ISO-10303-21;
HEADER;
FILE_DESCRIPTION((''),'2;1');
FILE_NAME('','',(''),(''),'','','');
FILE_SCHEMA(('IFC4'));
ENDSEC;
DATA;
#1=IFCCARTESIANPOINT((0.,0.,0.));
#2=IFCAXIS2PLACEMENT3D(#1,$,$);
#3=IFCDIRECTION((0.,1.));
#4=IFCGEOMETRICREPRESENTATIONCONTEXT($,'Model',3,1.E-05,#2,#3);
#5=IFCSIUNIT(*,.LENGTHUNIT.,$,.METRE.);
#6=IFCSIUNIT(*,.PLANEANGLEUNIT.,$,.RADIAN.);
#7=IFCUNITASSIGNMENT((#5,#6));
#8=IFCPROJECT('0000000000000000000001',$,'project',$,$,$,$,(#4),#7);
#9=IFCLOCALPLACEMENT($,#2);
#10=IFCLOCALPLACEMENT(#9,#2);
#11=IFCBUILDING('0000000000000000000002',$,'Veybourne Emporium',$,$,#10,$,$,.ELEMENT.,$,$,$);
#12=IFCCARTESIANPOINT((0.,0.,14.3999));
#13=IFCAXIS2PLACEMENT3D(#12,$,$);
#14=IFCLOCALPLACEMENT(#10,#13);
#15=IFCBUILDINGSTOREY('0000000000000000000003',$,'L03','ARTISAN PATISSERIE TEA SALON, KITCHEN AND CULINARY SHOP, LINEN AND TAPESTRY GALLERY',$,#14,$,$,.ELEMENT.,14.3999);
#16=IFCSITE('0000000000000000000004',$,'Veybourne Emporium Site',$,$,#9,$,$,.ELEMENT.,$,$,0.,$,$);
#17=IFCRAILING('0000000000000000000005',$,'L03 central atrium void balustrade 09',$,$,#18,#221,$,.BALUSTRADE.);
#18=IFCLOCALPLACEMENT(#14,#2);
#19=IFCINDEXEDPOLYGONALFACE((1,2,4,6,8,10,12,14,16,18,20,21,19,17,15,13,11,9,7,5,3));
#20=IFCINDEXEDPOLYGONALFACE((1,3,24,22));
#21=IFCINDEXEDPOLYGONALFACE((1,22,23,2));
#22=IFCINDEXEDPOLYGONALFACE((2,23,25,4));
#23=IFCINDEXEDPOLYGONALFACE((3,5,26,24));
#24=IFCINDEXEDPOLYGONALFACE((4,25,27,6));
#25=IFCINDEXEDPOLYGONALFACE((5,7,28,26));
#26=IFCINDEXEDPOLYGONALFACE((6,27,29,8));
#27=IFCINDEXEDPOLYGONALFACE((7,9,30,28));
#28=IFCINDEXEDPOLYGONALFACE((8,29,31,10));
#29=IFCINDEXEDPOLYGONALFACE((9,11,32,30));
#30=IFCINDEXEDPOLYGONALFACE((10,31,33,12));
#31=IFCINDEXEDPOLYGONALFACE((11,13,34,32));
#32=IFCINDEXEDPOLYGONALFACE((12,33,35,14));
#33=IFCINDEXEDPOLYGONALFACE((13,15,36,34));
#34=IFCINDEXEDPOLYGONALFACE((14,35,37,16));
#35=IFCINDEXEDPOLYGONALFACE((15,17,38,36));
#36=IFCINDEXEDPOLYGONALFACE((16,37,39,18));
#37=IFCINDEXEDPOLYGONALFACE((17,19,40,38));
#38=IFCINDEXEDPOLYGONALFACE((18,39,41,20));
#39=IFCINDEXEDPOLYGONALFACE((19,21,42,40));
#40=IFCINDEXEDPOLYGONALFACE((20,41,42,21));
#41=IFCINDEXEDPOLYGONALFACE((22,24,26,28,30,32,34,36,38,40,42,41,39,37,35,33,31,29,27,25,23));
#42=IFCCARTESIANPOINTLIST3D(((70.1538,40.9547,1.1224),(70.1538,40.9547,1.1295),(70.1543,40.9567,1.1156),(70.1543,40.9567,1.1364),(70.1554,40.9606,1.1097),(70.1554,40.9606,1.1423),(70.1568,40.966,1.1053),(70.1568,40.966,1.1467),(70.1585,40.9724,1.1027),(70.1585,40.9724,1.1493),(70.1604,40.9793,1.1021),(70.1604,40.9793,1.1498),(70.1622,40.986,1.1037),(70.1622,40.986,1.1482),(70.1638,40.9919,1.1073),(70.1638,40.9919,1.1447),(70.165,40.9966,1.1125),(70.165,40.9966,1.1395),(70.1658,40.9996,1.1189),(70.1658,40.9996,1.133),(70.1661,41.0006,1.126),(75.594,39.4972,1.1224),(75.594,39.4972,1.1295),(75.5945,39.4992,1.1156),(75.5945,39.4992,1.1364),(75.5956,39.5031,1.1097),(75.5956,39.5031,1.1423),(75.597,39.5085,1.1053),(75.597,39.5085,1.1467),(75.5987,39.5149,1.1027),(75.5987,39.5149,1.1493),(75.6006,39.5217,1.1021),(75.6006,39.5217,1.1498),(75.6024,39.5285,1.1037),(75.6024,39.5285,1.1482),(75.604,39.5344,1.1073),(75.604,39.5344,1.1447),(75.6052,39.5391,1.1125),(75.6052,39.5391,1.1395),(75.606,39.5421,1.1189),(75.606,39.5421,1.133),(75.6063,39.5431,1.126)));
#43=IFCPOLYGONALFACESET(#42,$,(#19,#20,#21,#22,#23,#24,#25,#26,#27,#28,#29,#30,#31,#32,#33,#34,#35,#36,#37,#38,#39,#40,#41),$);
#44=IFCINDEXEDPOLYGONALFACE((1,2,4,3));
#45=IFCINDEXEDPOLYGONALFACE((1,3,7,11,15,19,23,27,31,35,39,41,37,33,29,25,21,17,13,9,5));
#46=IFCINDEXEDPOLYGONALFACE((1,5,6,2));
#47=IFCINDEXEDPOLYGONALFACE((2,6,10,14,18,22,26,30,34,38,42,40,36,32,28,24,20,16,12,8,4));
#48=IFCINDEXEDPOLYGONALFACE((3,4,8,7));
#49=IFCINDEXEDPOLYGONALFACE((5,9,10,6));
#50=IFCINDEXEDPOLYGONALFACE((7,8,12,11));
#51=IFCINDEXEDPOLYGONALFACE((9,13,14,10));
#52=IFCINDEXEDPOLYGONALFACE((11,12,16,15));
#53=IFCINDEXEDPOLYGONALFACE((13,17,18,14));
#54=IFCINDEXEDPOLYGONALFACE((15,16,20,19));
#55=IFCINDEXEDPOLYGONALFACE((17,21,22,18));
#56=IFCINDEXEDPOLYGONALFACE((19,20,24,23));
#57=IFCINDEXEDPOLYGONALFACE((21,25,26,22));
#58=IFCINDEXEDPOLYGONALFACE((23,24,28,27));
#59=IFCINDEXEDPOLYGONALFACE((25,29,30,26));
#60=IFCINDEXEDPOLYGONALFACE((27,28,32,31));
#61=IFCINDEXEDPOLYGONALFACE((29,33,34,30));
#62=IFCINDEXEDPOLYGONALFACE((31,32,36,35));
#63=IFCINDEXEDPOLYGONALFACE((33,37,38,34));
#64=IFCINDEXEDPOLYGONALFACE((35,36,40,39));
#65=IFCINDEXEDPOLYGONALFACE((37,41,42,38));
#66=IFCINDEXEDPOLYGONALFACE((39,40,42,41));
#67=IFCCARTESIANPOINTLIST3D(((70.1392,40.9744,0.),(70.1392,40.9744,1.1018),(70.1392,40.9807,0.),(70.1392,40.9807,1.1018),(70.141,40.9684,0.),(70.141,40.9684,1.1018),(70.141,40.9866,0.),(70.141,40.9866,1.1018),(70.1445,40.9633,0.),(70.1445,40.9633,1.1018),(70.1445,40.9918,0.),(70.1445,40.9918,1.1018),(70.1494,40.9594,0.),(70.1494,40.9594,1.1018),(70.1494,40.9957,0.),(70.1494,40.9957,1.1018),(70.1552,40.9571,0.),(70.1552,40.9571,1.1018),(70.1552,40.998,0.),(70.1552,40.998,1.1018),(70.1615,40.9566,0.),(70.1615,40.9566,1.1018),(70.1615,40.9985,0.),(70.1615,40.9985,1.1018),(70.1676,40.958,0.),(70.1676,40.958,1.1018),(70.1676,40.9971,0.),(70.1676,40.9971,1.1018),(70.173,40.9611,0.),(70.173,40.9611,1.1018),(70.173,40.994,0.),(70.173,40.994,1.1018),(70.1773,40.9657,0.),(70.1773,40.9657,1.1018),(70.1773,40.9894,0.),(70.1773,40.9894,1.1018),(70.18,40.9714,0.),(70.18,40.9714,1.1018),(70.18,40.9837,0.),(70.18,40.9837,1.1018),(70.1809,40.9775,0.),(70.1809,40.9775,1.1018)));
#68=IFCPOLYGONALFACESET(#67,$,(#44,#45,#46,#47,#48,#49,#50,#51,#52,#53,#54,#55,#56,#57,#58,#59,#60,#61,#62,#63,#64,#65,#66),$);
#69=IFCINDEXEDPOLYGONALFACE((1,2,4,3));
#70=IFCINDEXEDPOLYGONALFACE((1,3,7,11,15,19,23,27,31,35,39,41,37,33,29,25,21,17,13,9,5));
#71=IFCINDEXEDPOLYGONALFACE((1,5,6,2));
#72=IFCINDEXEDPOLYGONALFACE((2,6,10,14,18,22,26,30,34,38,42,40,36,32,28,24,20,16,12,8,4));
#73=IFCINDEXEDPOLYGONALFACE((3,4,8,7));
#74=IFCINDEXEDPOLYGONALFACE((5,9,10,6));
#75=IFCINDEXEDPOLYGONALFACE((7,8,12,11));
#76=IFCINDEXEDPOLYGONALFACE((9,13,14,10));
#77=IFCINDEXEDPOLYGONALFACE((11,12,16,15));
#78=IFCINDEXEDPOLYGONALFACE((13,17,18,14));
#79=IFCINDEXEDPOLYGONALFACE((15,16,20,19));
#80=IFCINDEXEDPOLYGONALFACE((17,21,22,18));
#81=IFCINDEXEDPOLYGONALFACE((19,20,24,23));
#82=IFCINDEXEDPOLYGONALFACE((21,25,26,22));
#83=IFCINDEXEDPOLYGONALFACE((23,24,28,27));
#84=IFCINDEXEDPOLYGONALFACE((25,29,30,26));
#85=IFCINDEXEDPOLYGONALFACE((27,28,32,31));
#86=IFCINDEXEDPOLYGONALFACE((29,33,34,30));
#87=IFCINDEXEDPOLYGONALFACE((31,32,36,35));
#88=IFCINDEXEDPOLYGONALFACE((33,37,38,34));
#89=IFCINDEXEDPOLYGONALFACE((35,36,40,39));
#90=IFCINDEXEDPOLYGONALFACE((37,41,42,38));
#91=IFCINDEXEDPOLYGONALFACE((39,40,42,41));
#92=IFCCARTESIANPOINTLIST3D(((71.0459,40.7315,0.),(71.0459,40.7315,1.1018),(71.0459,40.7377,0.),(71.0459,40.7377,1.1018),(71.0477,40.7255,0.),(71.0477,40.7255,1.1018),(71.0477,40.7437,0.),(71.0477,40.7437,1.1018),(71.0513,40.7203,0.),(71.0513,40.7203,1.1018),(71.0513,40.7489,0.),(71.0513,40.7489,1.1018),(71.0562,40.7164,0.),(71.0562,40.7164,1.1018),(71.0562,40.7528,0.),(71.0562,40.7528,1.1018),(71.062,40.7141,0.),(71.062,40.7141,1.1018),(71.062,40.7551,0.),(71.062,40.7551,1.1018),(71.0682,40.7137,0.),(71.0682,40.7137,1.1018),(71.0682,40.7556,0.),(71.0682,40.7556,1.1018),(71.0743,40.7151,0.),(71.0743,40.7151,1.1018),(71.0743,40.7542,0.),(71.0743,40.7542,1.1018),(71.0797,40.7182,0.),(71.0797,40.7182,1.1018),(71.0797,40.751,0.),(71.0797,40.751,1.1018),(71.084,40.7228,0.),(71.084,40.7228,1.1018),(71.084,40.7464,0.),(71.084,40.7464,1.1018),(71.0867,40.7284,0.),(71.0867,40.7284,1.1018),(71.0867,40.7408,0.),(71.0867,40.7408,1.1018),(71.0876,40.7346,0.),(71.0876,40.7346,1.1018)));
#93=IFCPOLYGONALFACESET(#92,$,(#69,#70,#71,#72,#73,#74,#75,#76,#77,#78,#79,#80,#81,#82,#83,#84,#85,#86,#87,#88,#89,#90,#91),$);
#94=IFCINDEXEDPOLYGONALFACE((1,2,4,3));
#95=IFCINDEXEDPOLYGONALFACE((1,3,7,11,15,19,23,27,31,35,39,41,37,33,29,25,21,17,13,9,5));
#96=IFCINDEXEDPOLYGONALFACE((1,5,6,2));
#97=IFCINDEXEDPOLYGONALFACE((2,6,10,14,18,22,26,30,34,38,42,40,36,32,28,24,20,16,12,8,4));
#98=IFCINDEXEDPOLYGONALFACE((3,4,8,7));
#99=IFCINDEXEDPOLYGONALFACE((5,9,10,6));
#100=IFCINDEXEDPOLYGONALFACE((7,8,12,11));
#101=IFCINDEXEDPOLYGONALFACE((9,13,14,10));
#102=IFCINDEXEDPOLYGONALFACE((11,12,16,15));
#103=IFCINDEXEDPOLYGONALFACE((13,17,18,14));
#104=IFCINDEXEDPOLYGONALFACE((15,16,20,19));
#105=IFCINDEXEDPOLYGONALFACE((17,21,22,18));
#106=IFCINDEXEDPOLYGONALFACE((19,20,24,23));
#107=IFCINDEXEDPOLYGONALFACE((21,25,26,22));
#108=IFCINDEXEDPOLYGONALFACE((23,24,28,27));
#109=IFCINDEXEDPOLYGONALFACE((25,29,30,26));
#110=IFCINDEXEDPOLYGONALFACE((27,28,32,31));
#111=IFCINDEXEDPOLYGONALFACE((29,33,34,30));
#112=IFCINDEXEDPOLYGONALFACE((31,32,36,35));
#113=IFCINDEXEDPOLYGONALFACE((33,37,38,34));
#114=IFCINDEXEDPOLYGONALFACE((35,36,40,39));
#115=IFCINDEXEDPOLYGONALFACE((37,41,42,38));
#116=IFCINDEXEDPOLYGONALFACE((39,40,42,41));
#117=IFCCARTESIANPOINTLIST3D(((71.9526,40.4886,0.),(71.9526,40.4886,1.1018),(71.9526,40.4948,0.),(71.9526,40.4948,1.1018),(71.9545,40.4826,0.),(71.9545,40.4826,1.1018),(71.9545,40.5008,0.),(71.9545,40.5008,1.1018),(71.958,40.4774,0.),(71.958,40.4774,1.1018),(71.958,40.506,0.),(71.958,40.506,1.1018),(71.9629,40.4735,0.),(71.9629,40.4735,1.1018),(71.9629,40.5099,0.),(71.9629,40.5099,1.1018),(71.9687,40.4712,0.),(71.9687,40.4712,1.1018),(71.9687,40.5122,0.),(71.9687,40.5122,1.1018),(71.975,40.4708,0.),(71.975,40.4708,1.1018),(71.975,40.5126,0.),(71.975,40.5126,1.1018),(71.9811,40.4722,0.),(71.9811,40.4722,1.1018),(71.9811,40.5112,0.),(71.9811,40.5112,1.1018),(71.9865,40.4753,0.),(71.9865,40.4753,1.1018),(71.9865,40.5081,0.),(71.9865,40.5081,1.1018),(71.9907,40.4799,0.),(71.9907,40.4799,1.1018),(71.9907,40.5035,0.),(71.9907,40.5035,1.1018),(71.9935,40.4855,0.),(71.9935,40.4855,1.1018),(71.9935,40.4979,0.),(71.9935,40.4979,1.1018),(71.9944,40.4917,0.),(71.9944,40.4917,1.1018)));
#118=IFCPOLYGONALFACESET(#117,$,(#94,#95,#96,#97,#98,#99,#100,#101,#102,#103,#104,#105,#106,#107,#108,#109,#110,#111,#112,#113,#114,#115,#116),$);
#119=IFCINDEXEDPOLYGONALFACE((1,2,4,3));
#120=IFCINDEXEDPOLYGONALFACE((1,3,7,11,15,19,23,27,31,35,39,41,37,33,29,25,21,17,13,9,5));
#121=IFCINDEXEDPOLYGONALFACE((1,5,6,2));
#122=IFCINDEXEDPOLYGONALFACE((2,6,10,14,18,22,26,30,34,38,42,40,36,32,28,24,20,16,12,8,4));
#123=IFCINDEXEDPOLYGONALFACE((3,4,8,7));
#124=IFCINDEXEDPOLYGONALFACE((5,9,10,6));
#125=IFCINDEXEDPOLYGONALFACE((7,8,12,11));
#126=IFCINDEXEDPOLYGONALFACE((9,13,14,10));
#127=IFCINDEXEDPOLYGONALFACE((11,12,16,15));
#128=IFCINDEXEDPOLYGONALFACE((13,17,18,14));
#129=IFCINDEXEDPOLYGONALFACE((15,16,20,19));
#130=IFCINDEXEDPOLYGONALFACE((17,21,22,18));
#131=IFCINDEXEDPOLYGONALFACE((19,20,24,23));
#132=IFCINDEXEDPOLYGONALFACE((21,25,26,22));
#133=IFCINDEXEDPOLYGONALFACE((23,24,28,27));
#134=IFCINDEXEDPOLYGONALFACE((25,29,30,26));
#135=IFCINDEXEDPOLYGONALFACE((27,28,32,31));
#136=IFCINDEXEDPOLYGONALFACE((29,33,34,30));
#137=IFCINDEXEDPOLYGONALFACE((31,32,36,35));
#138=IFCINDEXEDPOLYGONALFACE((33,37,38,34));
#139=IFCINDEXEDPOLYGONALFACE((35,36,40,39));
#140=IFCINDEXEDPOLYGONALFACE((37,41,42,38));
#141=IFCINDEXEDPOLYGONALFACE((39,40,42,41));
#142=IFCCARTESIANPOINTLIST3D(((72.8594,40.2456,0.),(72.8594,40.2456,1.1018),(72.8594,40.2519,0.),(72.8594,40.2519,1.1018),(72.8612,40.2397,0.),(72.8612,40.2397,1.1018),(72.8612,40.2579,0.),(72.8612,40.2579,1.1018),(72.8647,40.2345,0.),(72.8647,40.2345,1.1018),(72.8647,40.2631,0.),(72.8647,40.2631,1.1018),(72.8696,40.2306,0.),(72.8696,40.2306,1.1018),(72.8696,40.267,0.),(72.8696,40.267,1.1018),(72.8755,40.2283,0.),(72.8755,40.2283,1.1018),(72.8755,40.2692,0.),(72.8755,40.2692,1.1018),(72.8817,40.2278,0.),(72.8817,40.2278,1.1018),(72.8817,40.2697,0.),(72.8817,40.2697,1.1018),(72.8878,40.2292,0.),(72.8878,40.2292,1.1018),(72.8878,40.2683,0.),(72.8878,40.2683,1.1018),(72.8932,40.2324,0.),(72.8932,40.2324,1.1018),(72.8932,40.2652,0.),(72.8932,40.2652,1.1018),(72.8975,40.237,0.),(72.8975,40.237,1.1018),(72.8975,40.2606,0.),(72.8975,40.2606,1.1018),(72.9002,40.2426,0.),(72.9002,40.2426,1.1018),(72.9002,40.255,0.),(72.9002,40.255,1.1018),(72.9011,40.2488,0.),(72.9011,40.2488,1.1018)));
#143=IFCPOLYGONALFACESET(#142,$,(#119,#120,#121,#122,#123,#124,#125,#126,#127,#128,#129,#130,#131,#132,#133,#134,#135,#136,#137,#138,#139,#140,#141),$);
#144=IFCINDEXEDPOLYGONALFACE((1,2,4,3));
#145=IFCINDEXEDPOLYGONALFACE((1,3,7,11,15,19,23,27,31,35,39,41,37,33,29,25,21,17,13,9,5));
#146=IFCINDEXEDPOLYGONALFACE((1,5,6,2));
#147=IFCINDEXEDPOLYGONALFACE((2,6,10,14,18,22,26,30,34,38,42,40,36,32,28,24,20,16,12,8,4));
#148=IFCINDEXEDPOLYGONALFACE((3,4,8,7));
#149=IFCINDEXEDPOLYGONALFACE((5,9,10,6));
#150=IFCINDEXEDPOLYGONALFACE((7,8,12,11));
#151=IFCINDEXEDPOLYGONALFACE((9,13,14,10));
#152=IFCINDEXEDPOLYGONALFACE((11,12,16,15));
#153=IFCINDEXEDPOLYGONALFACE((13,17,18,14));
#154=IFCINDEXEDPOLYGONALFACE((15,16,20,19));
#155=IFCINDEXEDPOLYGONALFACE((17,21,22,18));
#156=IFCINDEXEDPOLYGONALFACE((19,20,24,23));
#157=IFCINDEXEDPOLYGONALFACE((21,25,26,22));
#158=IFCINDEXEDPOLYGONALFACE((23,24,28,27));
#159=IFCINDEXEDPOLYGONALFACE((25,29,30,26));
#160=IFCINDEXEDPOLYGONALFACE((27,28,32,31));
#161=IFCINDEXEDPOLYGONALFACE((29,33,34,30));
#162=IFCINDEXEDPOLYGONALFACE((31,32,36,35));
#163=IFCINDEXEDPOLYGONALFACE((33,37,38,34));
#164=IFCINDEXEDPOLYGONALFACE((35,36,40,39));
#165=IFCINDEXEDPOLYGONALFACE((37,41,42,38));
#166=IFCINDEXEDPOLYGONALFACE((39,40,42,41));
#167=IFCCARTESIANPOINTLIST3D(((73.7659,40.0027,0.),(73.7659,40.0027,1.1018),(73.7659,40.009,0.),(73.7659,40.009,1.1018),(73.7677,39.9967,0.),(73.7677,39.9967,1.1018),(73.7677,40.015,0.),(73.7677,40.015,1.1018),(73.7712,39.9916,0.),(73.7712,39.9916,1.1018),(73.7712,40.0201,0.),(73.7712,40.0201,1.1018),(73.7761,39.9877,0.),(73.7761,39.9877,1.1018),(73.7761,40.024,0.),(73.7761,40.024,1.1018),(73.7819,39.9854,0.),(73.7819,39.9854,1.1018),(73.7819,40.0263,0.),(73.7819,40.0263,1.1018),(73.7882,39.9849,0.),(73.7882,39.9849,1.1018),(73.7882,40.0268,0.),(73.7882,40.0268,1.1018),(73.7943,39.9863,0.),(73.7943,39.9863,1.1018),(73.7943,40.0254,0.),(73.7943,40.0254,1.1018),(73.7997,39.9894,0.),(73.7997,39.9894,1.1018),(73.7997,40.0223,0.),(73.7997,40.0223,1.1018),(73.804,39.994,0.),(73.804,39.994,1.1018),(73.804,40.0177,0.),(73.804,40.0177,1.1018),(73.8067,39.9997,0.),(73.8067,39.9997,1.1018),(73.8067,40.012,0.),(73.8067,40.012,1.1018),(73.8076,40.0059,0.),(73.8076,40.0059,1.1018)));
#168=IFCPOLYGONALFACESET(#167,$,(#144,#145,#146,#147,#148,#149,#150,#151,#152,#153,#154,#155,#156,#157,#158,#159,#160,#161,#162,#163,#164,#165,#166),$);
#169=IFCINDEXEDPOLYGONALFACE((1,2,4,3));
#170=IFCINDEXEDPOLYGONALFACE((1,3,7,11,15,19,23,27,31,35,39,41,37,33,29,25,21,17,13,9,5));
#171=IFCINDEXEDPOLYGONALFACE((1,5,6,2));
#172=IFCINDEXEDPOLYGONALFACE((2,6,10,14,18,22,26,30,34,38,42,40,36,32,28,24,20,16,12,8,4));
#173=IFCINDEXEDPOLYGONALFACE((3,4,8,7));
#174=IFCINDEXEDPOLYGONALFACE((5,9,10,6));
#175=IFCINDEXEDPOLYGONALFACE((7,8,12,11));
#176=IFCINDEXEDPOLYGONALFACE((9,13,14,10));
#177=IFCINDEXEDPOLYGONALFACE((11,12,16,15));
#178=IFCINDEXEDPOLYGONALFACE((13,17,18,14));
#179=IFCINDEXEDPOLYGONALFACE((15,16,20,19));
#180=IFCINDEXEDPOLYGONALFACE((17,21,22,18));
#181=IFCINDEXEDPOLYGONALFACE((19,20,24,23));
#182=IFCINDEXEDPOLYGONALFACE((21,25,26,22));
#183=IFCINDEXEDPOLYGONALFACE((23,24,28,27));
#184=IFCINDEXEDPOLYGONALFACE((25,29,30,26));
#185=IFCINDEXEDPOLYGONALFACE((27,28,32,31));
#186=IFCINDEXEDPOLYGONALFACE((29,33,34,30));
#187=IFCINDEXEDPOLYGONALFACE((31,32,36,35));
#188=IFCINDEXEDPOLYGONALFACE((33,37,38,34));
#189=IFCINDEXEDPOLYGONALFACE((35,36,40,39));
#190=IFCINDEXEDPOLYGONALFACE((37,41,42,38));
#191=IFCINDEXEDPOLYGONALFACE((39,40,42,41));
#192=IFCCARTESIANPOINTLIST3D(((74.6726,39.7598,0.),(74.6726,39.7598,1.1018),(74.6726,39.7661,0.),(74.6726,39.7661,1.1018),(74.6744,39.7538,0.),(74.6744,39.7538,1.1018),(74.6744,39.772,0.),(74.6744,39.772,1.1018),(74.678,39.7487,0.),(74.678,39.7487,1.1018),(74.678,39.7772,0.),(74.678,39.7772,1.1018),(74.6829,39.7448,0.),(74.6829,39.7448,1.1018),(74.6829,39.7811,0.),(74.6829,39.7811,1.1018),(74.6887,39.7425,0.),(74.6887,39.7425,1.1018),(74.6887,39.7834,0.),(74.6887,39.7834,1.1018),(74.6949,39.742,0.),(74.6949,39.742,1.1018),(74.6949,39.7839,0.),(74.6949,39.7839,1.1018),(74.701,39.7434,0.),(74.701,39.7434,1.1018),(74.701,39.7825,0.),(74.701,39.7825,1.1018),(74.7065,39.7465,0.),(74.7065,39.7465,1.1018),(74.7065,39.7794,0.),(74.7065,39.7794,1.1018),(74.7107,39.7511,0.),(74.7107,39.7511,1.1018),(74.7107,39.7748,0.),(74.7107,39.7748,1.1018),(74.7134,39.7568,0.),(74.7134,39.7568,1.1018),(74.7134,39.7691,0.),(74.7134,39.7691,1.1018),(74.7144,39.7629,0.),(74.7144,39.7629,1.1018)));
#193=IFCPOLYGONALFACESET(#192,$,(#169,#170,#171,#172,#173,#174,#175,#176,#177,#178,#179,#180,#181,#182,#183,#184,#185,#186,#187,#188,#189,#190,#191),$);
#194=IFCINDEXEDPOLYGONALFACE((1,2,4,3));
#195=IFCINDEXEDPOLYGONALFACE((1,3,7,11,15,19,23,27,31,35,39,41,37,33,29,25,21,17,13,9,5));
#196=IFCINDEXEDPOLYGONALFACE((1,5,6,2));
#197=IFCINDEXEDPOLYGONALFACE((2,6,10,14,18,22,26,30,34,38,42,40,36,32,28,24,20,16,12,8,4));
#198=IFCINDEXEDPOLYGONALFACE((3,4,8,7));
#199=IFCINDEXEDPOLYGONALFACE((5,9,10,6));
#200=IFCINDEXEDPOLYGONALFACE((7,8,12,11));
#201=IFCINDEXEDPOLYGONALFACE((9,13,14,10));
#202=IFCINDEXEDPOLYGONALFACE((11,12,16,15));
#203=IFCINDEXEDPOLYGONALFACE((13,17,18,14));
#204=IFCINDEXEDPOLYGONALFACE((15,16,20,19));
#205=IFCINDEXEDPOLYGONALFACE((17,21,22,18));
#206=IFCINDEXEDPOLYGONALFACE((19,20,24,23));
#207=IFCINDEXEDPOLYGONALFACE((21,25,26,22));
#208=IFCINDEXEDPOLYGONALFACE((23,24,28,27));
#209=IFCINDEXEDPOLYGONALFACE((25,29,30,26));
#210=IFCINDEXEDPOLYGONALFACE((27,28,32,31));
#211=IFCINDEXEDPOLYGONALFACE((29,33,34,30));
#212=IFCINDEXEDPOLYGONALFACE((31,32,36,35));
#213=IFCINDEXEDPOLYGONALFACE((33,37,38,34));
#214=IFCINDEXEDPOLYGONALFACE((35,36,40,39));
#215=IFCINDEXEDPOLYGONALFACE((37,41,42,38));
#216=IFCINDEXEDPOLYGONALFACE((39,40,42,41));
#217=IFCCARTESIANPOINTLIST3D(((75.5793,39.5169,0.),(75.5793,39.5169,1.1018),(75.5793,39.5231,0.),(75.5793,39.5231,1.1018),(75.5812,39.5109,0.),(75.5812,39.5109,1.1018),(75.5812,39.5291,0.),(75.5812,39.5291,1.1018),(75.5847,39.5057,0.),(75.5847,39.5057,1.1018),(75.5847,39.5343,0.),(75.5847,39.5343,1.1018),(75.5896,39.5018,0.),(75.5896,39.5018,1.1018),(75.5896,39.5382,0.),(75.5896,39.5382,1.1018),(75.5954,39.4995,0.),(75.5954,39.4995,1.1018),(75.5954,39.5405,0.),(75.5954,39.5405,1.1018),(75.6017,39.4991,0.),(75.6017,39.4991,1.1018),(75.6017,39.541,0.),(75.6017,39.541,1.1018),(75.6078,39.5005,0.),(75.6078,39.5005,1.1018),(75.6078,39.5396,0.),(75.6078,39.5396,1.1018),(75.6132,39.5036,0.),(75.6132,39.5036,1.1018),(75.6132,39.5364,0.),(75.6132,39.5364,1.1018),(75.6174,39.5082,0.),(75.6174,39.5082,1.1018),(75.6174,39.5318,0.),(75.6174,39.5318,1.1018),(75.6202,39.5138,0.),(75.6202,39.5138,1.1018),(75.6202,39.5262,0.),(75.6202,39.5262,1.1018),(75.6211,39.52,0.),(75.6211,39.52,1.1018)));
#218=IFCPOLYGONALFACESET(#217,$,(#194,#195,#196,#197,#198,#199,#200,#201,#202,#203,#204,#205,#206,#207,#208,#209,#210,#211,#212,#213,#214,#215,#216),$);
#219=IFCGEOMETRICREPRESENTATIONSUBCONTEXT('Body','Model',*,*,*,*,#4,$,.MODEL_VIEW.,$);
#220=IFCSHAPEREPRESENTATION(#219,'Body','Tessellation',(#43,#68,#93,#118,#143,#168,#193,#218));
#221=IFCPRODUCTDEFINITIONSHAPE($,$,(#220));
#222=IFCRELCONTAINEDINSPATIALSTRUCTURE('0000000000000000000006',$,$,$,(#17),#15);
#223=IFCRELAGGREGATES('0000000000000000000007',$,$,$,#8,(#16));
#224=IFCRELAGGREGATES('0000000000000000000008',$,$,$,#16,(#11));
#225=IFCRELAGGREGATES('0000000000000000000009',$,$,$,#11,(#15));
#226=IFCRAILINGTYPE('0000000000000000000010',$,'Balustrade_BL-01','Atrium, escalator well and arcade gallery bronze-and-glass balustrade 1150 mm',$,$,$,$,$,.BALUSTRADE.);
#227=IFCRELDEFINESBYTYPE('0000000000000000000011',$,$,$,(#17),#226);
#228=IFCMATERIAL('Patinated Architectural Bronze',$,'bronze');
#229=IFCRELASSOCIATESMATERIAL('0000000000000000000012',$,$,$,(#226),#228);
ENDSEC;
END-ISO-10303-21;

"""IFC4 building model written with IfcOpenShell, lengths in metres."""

from ifc_helpers import new_model, si_unit, direction, frame, origin, origin_2d, place, context, subcontext, project, spatial, circle, extrude, material, type_object, element, save


model = new_model("IFC4")

# Units and contexts
model_context = context("Model", 3, precision=1e-05, world=origin(), true_north=direction((0.0, 1.0)))
body_context = subcontext(model_context, "Body", "Model", "MODEL_VIEW")
ifc_project = project(units=[si_unit("LENGTHUNIT", "METRE"), si_unit("PLANEANGLEUNIT", "RADIAN")], contexts=[model_context])

# Site, building, storey
site_placement = place(None, origin())
site = spatial("IfcSite", under=ifc_project, at=site_placement, Name="Veybourne Emporium Site", CompositionType="ELEMENT", RefElevation=0.0)
building_placement = place(site_placement, origin())
building = spatial("IfcBuilding", under=site, at=building_placement, Name="Veybourne Emporium", CompositionType="ELEMENT")
storey_placement = place(building_placement, frame((0.0, 0.0, 14.3999)))
storey = spatial("IfcBuildingStorey", under=building, at=storey_placement, Name="L03", Description="ARTISAN PATISSERIE TEA SALON, KITCHEN AND CULINARY SHOP, LINEN AND TAPESTRY GALLERY", CompositionType="ELEMENT", Elevation=14.3999)

# Shared definitions
ifc_material_1 = material(Name="Patinated Architectural Bronze", Category="bronze")

# Railing
railing_type = type_object("IfcRailingType", Name="Balustrade_BL-01", Description="Atrium, escalator well and arcade gallery bronze-and-glass balustrade 1150 mm", PredefinedType="BALUSTRADE", material=ifc_material_1)
railing_1_placement = place(storey_placement, frame((70.1599, 40.9775, 0.0)))
element("IfcRailing", 1, at=railing_1_placement, inside=storey, type_object=railing_type, Name="L03 central atrium void balustrade 09", PredefinedType="BALUSTRADE", context=body_context, shape_type="SweptSolid", body=[
    extrude(circle(Radius=0.0239, at=origin_2d()), frame((0.0, 0.0, 1.126), z_axis=(0.965934, -0.25879, 0.0), x_axis=(0.25879, 0.965934, 0.0)), (0.0, 0.0, 1.0), 5.6321),
    extrude(circle(Radius=0.021, at=origin_2d()), origin(), (0.0, 0.0, 1.0), 1.1018),
    extrude(circle(Radius=0.021, at=origin_2d()), frame((0.9067, -0.2429, 0.0)), (0.0, 0.0, 1.0), 1.1018),
    extrude(circle(Radius=0.021, at=origin_2d()), frame((1.8135, -0.4858, 0.0)), (0.0, 0.0, 1.0), 1.1018),
    extrude(circle(Radius=0.021, at=origin_2d()), frame((2.7202, -0.7288, 0.0)), (0.0, 0.0, 1.0), 1.1018),
    extrude(circle(Radius=0.021, at=origin_2d()), frame((3.6267, -0.9717, 0.0)), (0.0, 0.0, 1.0), 1.1018),
    extrude(circle(Radius=0.021, at=origin_2d()), frame((4.5334, -1.2146, 0.0)), (0.0, 0.0, 1.0), 1.1018),
    extrude(circle(Radius=0.021, at=origin_2d()), frame((5.4402, -1.4575, 0.0)), (0.0, 0.0, 1.0), 1.1018),
])

save(model, "model.ifc")
